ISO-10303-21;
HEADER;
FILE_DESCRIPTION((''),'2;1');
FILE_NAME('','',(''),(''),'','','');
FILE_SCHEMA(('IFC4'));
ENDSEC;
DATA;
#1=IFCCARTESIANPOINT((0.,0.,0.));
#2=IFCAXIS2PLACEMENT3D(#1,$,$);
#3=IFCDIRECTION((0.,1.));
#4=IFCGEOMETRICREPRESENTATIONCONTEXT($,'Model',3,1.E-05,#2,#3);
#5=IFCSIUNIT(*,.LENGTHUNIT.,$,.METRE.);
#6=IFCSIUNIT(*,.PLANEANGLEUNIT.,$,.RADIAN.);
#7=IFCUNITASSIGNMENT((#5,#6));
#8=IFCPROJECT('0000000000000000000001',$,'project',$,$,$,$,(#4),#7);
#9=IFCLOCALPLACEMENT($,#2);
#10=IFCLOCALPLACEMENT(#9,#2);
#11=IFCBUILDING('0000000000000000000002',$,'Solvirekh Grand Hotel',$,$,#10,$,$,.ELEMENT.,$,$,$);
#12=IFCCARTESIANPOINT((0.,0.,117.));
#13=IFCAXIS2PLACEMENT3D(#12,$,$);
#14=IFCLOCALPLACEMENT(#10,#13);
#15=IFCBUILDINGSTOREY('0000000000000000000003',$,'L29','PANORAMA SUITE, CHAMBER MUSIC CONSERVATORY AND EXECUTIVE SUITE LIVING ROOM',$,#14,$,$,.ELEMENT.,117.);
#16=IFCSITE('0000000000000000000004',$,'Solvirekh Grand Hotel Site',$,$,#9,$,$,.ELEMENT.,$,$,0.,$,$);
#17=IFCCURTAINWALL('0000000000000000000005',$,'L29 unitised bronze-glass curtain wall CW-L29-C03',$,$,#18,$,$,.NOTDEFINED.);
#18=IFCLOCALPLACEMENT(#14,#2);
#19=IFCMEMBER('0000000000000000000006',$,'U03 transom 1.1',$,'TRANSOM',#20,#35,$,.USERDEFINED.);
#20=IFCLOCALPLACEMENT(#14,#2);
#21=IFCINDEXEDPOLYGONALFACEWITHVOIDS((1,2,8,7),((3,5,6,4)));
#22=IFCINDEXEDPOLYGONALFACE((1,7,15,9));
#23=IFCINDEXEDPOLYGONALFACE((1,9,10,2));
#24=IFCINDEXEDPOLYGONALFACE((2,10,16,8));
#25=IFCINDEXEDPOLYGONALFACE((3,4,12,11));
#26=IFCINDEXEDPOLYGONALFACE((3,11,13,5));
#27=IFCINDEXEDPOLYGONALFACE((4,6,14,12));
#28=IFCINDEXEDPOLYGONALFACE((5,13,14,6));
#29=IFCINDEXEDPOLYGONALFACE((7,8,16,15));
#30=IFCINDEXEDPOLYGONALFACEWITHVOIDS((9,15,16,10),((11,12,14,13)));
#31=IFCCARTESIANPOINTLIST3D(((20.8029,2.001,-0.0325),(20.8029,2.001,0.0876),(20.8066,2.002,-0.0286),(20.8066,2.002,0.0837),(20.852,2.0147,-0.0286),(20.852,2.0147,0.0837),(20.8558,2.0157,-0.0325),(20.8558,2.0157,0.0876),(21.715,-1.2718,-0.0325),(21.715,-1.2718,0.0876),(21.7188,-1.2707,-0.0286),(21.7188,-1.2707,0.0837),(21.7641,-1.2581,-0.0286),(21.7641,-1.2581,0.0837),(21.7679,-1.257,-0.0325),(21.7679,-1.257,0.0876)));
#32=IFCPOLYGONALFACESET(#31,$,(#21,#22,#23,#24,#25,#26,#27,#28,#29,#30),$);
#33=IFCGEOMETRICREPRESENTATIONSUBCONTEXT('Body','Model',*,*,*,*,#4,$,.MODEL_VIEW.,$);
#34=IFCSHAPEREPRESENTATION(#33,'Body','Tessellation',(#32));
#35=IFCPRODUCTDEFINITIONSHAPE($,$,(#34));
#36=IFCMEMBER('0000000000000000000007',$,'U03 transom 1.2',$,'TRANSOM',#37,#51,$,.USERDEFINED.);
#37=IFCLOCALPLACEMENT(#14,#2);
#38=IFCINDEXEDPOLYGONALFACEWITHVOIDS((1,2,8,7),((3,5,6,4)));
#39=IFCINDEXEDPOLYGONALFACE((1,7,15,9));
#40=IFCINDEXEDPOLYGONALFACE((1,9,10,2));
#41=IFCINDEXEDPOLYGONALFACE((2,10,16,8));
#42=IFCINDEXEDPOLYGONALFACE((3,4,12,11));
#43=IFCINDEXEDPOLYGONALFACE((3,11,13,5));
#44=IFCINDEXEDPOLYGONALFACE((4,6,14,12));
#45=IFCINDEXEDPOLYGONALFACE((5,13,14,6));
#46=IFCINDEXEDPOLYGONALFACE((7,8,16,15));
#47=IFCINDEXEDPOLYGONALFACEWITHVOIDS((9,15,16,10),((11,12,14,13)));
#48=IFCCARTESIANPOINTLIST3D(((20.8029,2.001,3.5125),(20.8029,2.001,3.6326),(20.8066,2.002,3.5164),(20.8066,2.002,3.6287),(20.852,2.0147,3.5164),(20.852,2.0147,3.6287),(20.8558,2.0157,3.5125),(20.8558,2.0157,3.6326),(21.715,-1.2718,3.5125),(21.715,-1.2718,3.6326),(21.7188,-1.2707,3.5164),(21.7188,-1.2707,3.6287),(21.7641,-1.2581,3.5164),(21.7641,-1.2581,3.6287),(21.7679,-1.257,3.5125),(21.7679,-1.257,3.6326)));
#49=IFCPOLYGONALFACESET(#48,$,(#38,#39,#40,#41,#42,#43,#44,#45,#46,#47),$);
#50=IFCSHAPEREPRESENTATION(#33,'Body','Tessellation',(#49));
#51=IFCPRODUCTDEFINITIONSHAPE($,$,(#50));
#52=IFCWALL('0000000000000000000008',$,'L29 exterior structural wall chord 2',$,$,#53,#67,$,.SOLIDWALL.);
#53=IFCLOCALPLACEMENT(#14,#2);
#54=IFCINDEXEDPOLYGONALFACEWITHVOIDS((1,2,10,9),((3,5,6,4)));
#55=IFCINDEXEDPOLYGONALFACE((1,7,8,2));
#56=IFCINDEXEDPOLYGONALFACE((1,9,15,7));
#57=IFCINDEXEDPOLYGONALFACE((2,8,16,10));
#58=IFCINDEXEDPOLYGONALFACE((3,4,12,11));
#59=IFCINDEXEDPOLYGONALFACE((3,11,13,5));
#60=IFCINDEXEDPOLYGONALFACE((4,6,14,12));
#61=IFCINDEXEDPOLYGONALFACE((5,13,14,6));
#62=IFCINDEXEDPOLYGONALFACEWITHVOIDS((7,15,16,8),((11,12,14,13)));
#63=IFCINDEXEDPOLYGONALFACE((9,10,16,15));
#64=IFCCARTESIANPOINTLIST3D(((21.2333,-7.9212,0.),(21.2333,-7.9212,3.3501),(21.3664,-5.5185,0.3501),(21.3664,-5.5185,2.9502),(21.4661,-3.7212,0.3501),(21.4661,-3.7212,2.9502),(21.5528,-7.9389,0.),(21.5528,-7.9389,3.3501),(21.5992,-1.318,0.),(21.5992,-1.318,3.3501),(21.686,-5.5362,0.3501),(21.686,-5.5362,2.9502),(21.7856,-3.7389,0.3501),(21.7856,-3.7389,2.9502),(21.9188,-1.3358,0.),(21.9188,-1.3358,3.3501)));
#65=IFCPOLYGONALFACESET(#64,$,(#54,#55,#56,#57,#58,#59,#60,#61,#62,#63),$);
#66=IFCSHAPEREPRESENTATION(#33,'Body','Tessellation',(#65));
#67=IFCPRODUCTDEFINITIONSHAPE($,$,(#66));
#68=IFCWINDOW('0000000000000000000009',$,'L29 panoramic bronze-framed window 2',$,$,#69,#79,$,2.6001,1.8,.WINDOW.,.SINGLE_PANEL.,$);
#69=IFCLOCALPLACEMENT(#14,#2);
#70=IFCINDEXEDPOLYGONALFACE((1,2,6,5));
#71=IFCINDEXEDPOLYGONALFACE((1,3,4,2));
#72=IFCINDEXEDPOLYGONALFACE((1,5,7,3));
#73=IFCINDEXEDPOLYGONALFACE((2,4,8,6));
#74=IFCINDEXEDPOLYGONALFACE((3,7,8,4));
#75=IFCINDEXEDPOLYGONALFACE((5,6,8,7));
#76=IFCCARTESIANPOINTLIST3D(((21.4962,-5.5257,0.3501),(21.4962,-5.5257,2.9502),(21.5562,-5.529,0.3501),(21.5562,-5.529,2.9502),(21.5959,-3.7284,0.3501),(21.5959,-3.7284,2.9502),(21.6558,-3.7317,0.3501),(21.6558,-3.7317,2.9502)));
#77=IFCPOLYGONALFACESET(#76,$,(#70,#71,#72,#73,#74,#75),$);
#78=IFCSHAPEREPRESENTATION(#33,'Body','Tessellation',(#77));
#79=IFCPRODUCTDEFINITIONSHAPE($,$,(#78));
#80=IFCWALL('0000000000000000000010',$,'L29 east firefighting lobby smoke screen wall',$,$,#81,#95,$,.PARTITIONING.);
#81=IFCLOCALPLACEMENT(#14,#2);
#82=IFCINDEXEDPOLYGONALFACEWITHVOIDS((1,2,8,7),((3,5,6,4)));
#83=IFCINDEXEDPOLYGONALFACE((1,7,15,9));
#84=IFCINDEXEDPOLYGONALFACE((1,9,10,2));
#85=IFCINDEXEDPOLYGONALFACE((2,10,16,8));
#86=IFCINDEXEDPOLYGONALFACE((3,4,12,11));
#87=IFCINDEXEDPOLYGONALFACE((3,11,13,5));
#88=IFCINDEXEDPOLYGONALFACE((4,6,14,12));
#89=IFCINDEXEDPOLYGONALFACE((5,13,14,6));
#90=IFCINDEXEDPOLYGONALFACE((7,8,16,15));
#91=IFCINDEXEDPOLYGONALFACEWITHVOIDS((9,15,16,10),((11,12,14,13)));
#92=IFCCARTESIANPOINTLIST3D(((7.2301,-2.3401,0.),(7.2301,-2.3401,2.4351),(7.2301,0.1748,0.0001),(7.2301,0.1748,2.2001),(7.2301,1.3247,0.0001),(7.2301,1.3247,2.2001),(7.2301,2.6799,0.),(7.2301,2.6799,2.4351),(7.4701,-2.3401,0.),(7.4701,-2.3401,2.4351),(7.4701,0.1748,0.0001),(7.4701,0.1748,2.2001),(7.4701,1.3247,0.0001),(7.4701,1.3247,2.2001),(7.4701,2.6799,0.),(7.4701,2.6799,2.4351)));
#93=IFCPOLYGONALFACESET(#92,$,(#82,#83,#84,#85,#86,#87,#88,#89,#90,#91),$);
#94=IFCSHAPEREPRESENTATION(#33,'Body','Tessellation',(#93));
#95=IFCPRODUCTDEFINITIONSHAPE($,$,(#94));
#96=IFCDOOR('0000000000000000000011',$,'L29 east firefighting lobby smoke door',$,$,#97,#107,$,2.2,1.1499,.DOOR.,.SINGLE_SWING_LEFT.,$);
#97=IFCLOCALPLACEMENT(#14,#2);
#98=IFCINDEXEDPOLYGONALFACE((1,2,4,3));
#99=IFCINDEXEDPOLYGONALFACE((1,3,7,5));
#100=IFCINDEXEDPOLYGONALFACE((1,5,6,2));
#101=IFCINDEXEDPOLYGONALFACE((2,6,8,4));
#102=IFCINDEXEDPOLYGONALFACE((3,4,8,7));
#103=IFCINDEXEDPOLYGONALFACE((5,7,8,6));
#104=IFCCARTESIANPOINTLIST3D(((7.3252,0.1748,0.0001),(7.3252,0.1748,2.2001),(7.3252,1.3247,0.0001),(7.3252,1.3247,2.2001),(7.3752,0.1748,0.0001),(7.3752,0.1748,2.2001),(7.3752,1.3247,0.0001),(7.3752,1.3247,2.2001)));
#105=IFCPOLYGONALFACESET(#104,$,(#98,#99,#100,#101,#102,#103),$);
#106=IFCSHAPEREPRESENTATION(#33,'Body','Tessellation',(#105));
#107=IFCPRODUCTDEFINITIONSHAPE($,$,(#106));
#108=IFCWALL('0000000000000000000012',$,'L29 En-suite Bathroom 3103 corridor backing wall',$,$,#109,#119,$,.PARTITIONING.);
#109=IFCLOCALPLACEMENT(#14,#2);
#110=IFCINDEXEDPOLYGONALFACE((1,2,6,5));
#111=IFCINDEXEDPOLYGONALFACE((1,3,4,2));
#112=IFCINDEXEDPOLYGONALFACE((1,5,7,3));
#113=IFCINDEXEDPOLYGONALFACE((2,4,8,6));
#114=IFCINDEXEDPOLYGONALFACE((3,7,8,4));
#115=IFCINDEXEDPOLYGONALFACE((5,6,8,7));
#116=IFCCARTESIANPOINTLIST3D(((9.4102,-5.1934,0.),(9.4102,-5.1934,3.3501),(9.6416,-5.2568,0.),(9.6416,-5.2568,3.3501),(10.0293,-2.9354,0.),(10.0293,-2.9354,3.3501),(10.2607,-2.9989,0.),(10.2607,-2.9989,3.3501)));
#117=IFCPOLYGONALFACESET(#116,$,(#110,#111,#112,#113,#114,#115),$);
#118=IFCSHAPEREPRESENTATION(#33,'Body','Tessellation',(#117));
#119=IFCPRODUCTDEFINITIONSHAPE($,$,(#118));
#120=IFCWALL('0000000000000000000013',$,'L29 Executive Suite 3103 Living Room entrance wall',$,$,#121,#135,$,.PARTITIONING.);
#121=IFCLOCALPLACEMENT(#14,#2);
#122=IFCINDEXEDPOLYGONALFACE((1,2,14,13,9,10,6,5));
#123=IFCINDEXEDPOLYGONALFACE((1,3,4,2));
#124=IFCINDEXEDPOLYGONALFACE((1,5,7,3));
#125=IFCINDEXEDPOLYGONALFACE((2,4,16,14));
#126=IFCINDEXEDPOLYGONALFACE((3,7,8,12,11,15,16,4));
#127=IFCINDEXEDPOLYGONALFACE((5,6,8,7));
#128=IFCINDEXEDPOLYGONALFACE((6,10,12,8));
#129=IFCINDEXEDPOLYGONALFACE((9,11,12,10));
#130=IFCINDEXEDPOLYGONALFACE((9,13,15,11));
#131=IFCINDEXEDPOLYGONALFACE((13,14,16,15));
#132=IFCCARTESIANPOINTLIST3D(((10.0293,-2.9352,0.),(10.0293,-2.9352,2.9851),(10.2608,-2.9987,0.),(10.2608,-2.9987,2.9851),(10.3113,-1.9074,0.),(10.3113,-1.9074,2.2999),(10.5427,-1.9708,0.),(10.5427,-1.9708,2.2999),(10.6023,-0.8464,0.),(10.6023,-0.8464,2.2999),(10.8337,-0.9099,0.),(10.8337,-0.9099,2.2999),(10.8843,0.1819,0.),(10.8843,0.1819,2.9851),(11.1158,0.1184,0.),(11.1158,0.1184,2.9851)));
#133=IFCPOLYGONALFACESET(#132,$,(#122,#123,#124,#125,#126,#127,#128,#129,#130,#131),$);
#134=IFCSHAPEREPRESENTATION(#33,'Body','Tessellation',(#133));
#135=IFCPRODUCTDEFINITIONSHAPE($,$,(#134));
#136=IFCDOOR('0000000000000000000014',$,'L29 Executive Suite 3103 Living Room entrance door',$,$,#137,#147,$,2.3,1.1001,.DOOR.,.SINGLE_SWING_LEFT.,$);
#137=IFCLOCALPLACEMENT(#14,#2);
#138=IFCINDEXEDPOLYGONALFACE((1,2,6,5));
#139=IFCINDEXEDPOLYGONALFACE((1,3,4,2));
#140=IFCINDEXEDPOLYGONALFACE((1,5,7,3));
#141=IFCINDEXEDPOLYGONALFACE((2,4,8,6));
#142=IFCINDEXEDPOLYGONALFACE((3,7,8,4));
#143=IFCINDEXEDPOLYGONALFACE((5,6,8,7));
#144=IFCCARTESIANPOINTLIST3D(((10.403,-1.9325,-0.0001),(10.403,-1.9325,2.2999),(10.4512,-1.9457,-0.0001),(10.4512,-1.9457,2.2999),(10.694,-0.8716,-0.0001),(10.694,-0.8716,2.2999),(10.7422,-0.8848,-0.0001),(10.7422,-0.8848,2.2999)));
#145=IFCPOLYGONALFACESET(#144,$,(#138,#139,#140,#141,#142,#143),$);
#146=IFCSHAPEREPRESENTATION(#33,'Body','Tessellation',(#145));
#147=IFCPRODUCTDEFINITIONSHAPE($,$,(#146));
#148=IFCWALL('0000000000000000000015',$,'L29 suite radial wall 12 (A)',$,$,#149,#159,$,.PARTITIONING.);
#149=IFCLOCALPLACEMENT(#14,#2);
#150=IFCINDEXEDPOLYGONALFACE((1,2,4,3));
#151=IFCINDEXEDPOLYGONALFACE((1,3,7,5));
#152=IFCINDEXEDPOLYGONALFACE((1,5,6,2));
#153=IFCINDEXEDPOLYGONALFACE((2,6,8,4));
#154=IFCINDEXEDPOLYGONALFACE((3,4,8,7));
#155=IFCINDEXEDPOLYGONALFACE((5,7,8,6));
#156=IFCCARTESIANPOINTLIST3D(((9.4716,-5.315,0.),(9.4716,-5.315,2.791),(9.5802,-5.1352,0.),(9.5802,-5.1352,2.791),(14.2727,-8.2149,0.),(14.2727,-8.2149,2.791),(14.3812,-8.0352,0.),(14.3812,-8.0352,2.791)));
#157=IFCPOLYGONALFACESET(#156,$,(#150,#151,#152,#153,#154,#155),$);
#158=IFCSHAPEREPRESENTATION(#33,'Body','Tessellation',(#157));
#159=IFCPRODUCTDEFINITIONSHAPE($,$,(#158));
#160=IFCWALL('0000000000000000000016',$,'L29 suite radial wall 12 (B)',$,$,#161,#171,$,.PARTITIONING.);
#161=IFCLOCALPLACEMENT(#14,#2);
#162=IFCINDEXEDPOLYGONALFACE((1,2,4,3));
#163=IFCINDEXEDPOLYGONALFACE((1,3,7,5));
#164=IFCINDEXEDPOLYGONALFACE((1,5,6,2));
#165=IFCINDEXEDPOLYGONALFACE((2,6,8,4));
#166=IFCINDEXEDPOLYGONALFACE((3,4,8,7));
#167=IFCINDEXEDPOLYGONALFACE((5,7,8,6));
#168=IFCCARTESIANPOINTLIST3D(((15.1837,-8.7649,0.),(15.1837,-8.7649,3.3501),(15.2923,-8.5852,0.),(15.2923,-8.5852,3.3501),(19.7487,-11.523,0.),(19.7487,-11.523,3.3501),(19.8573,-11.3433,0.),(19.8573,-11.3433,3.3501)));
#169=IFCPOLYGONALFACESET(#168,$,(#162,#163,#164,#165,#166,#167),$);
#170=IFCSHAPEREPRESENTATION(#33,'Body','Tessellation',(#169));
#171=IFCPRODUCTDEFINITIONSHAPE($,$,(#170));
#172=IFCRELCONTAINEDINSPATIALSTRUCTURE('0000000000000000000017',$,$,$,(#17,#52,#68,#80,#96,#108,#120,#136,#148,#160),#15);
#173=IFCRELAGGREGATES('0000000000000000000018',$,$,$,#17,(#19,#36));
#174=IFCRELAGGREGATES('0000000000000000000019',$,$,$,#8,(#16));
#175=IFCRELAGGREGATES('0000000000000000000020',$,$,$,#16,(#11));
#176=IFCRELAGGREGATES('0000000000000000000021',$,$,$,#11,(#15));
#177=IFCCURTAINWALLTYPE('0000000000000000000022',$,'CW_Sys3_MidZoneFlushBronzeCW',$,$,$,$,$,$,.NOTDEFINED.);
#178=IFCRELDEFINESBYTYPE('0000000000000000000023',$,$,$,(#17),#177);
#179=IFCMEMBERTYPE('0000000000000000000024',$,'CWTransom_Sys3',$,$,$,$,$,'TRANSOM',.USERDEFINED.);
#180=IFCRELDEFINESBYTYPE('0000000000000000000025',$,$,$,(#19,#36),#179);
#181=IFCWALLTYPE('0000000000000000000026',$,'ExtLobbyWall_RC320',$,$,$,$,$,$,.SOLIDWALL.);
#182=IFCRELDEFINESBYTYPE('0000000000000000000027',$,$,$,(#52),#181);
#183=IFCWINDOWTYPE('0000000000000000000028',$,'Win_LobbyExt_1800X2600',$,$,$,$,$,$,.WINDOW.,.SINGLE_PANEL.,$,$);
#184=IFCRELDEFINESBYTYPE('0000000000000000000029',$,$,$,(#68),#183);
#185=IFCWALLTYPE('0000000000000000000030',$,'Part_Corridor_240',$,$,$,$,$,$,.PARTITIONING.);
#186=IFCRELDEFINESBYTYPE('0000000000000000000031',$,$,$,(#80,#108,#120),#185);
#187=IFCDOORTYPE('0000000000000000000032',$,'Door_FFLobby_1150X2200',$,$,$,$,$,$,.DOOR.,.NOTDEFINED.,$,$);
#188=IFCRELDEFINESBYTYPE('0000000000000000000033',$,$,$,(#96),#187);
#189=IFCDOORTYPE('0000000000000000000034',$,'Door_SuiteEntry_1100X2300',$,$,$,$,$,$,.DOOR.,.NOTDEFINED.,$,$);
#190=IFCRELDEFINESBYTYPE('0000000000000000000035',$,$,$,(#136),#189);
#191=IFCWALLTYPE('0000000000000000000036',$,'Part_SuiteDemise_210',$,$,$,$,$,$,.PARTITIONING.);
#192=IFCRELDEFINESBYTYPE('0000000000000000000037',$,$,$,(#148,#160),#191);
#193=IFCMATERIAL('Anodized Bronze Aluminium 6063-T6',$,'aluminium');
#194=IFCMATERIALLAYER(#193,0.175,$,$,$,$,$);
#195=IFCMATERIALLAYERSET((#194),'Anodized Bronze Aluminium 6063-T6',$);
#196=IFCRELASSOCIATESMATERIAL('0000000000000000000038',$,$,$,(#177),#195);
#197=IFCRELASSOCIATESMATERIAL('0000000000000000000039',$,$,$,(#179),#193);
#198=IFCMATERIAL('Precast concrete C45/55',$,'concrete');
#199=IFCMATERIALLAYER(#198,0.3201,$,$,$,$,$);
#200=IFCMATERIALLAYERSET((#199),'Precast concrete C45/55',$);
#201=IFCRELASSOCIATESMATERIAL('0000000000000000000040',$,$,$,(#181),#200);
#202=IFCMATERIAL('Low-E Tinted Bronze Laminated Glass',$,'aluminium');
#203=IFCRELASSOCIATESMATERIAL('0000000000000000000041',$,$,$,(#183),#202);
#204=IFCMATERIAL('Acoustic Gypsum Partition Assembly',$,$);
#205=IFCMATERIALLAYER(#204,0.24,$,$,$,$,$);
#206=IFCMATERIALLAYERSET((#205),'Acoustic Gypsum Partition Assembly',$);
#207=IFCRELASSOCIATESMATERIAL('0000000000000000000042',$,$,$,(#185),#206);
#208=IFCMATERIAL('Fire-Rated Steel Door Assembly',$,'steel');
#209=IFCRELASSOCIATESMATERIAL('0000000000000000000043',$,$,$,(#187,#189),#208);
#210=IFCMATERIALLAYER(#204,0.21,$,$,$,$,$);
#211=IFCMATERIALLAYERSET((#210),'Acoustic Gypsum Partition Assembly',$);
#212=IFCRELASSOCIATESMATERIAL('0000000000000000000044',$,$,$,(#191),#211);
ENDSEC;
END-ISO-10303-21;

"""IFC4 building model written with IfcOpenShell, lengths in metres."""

from ifc_helpers import new_model, si_unit, direction, frame, frame_2d, origin, origin_2d, place, context, subcontext, project, spatial, rectangle, hollow_rectangle, extrude, source, transform, mapped, material, layer, layer_set, material_profile, profile_set, type_object, element, fill, aggregate, save


model = new_model("IFC4")

# Units and contexts
model_context = context("Model", 3, precision=1e-05, world=origin(), true_north=direction((0.0, 1.0)))
body_context = subcontext(model_context, "Body", "Model", "MODEL_VIEW")
ifc_project = project(units=[si_unit("LENGTHUNIT", "METRE"), si_unit("PLANEANGLEUNIT", "RADIAN")], contexts=[model_context])

# Site, building, storey
site_placement = place(None, origin())
site = spatial("IfcSite", under=ifc_project, at=site_placement, Name="Solvirekh Grand Hotel Site", CompositionType="ELEMENT", RefElevation=0.0)
building_placement = place(site_placement, origin())
building = spatial("IfcBuilding", under=site, at=building_placement, Name="Solvirekh Grand Hotel", CompositionType="ELEMENT")
storey_placement = place(building_placement, frame((0.0, 0.0, 117.0)))
storey = spatial("IfcBuildingStorey", under=building, at=storey_placement, Name="L29", Description="PANORAMA SUITE, CHAMBER MUSIC CONSERVATORY AND EXECUTIVE SUITE LIVING ROOM", CompositionType="ELEMENT", Elevation=117.0)

# Shared definitions
ifc_material_1 = material(Name="Anodized Bronze Aluminium 6063-T6", Category="aluminium")
ifc_layer_1 = layer(ifc_material_1, 0.175)
ifc_layer_set_1 = layer_set([ifc_layer_1], Name="Anodized Bronze Aluminium 6063-T6")
curtain_wall_type = type_object("IfcCurtainWallType", Name="CW_Sys3_MidZoneFlushBronzeCW", PredefinedType="NOTDEFINED", material=ifc_layer_set_1)

# Curtain wall, members
curtain_wall_1_placement = place(storey_placement, origin())
curtain_wall_1 = element("IfcCurtainWall", 1, at=curtain_wall_1_placement, inside=storey, type_object=curtain_wall_type, Name="L29 unitised bronze-glass curtain wall CW-L29-C03", PredefinedType="NOTDEFINED")
ifc_material_profile_1 = material_profile(ifc_material_1, hollow_rectangle(XDim=0.0549, YDim=0.1201, WallThickness=0.0039, at=origin_2d()), Name="ALU RHS 120X55X4")
ifc_profile_set_1 = profile_set([ifc_material_profile_1], Name="Anodized Bronze Aluminium 6063-T6")
member_type_1 = type_object("IfcMemberType", Name="CWTransom_Sys3", ElementType="TRANSOM", PredefinedType="USERDEFINED", material=ifc_profile_set_1)
shared_shape_1 = source(origin(), body_context, "Body", "SweptSolid", [
    extrude(hollow_rectangle(XDim=0.0549, YDim=0.1201, WallThickness=0.0039, at=origin_2d()), origin(), (0.0, 0.0, 1.0), 3.3975),
])
member_1_placement = place(storey_placement, frame((21.7415, -1.2644, 0.0276), z_axis=(-0.26847, 0.963288, 0.0), x_axis=(-0.963288, -0.26847, 0.0)))
member_1 = element("IfcMember", 2, at=member_1_placement, type_object=member_type_1, Name="U03 transom 1.1", ObjectType="TRANSOM", PredefinedType="USERDEFINED", context=body_context, shape_type="MappedRepresentation", body=[
    mapped(shared_shape_1, transform((0.0, 0.0, 0.0), x_axis=(1.0, 0.0, 0.0), y_axis=(0.0, 1.0, 0.0), z_axis=(0.0, 0.0, 1.0), scale=1.0)),
])
member_2_placement = place(storey_placement, frame((21.7415, -1.2644, 3.5725), z_axis=(-0.26847, 0.963288, 0.0), x_axis=(-0.963288, -0.26847, 0.0)))
member_2 = element("IfcMember", 3, at=member_2_placement, type_object=member_type_1, Name="U03 transom 1.2", ObjectType="TRANSOM", PredefinedType="USERDEFINED", context=body_context, shape_type="MappedRepresentation", body=[
    mapped(shared_shape_1, transform((0.0, 0.0, 0.0), x_axis=(1.0, 0.0, 0.0), y_axis=(0.0, 1.0, 0.0), z_axis=(0.0, 0.0, 1.0), scale=1.0)),
])
aggregate(curtain_wall_1, [member_1, member_2])

# Wall, opening, window
ifc_material_2 = material(Name="Precast concrete C45/55", Category="concrete")
ifc_layer_2 = layer(ifc_material_2, 0.3201)
ifc_layer_set_2 = layer_set([ifc_layer_2], Name="Precast concrete C45/55")
wall_type_1 = type_object("IfcWallType", Name="ExtLobbyWall_RC320", PredefinedType="SOLIDWALL", material=ifc_layer_set_2)
wall_1_placement = place(storey_placement, frame((21.759, -1.3269, 0.0), z_axis=(0.0, 0.0, 1.0), x_axis=(-0.055339, -0.998468, 0.0)))
wall_1 = element("IfcWall", 4, at=wall_1_placement, inside=storey, type_object=wall_type_1, Name="L29 exterior structural wall chord 2", PredefinedType="SOLIDWALL", context=body_context, shape_type="SweptSolid", body=[
    extrude(rectangle(XDim=6.6133, YDim=0.3201, at=frame_2d((3.3066, 0.0))), origin(), (0.0, 0.0, 1.0), 3.3501),
])
opening_1_placement = place(wall_1_placement, frame((2.407, 0.0, 0.3501)))
opening_1 = element("IfcOpeningElement", 5, at=opening_1_placement, cuts=wall_1, PredefinedType="OPENING", context=body_context, shape_type="SweptSolid", body=[
    extrude(rectangle(XDim=1.8, YDim=2.6001, at=frame_2d((0.8999, 1.3))), frame((0.0, 0.1699, 0.0), z_axis=(0.0, -1.0, 0.0), x_axis=(1.0, 0.0, 0.0)), (0.0, 0.0, 1.0), 0.3401),
])
ifc_material_3 = material(Name="Low-E Tinted Bronze Laminated Glass", Category="aluminium")
window_type = type_object("IfcWindowType", Name="Win_LobbyExt_1800X2600", PartitioningType="SINGLE_PANEL", PredefinedType="WINDOW", material=ifc_material_3)
window_placement = place(opening_1_placement, origin())
window = element("IfcWindow", 6, at=window_placement, inside=storey, type_object=window_type, Name="L29 panoramic bronze-framed window 2", OverallHeight=2.6001, OverallWidth=1.8, PartitioningType="SINGLE_PANEL", PredefinedType="WINDOW", context=body_context, shape_type="SweptSolid", body=[
    extrude(rectangle(XDim=1.8, YDim=2.6001, at=frame_2d((0.8999, 1.3))), frame((0.0, 0.03, 0.0), z_axis=(0.0, -1.0, 0.0), x_axis=(1.0, 0.0, 0.0)), (0.0, 0.0, 1.0), 0.0601),
])
fill(opening_1, window)

# Wall, opening, door
ifc_material_4 = material(Name="Acoustic Gypsum Partition Assembly")
ifc_layer_3 = layer(ifc_material_4, 0.24)
ifc_layer_set_3 = layer_set([ifc_layer_3], Name="Acoustic Gypsum Partition Assembly")
wall_type_2 = type_object("IfcWallType", Name="Part_Corridor_240", PredefinedType="PARTITIONING", material=ifc_layer_set_3)
wall_2_placement = place(storey_placement, frame((7.3501, -2.3401, 0.0), z_axis=(0.0, 0.0, 1.0), x_axis=(0.0, 1.0, 0.0)))
wall_2 = element("IfcWall", 7, at=wall_2_placement, inside=storey, type_object=wall_type_2, Name="L29 east firefighting lobby smoke screen wall", PredefinedType="PARTITIONING", context=body_context, shape_type="SweptSolid", body=[
    extrude(rectangle(XDim=5.02, YDim=0.24, at=frame_2d((2.51, 0.0))), origin(), (0.0, 0.0, 1.0), 2.4351),
])
opening_2_placement = place(wall_2_placement, frame((2.5149, 0.0, 0.0)))
opening_2 = element("IfcOpeningElement", 8, at=opening_2_placement, cuts=wall_2, PredefinedType="OPENING", context=body_context, shape_type="SweptSolid", body=[
    extrude(rectangle(XDim=1.1499, YDim=2.2, at=frame_2d((0.575, 1.1001))), frame((0.0, 0.1299, 0.0), z_axis=(0.0, -1.0, 0.0), x_axis=(1.0, 0.0, 0.0)), (0.0, 0.0, 1.0), 0.26),
])
ifc_material_5 = material(Name="Fire-Rated Steel Door Assembly", Category="steel")
door_type_1 = type_object("IfcDoorType", Name="Door_FFLobby_1150X2200", OperationType="NOTDEFINED", PredefinedType="DOOR", material=ifc_material_5)
door_1_placement = place(opening_2_placement, origin())
door_1 = element("IfcDoor", 9, at=door_1_placement, inside=storey, type_object=door_type_1, Name="L29 east firefighting lobby smoke door", OperationType="SINGLE_SWING_LEFT", OverallHeight=2.2, OverallWidth=1.1499, PredefinedType="DOOR", context=body_context, shape_type="SweptSolid", body=[
    extrude(rectangle(XDim=1.1499, YDim=2.2, at=frame_2d((0.575, 1.1001))), frame((0.0, 0.0249, 0.0), z_axis=(0.0, -1.0, 0.0), x_axis=(1.0, 0.0, 0.0)), (0.0, 0.0, 1.0), 0.05),
])
fill(opening_2, door_1)

# Wall
wall_3_placement = place(storey_placement, frame((9.5259, -5.2251, 0.0), z_axis=(0.0, 0.0, 1.0), x_axis=(0.264432, 0.964404, 0.0)))
element("IfcWall", 10, at=wall_3_placement, inside=storey, type_object=wall_type_2, Name="L29 En-suite Bathroom 3103 corridor backing wall", PredefinedType="PARTITIONING", context=body_context, shape_type="SweptSolid", body=[
    extrude(rectangle(XDim=2.3413, YDim=0.24, at=frame_2d((1.1707, 0.0))), origin(), (0.0, 0.0, 1.0), 3.3501),
])

# Wall, opening, door
wall_4_placement = place(storey_placement, frame((10.145, -2.967, 0.0), z_axis=(0.0, 0.0, 1.0), x_axis=(0.26453, 0.964378, 0.0)))
wall_4 = element("IfcWall", 11, at=wall_4_placement, inside=storey, type_object=wall_type_2, Name="L29 Executive Suite 3103 Living Room entrance wall", PredefinedType="PARTITIONING", context=body_context, shape_type="SweptSolid", body=[
    extrude(rectangle(XDim=3.2322, YDim=0.24, at=frame_2d((1.6162, 0.0))), origin(), (0.0, 0.0, 1.0), 2.9851),
])
opening_3_placement = place(wall_4_placement, frame((1.0659, 0.0, 0.0)))
opening_3 = element("IfcOpeningElement", 12, at=opening_3_placement, cuts=wall_4, PredefinedType="OPENING", context=body_context, shape_type="SweptSolid", body=[
    extrude(rectangle(XDim=1.1001, YDim=2.3, at=frame_2d((0.55, 1.1499))), frame((0.0, 0.1299, 0.0), z_axis=(0.0, -1.0, 0.0), x_axis=(1.0, 0.0, 0.0)), (0.0, 0.0, 1.0), 0.26),
])
door_type_2 = type_object("IfcDoorType", Name="Door_SuiteEntry_1100X2300", OperationType="NOTDEFINED", PredefinedType="DOOR", material=ifc_material_5)
door_2_placement = place(opening_3_placement, origin())
door_2 = element("IfcDoor", 13, at=door_2_placement, inside=storey, type_object=door_type_2, Name="L29 Executive Suite 3103 Living Room entrance door", OperationType="SINGLE_SWING_LEFT", OverallHeight=2.3, OverallWidth=1.1001, PredefinedType="DOOR", context=body_context, shape_type="SweptSolid", body=[
    extrude(rectangle(XDim=1.1001, YDim=2.3, at=frame_2d((0.55, 1.1499))), frame((0.0, 0.0249, 0.0), z_axis=(0.0, -1.0, 0.0), x_axis=(1.0, 0.0, 0.0)), (0.0, 0.0, 1.0), 0.05),
])
fill(opening_3, door_2)

# Walls
ifc_layer_4 = layer(ifc_material_4, 0.21)
ifc_layer_set_4 = layer_set([ifc_layer_4], Name="Acoustic Gypsum Partition Assembly")
wall_type_3 = type_object("IfcWallType", Name="Part_SuiteDemise_210", PredefinedType="PARTITIONING", material=ifc_layer_set_4)
wall_5_placement = place(storey_placement, frame((9.5259, -5.2251, 0.0), z_axis=(0.0, 0.0, 1.0), x_axis=(0.855972, -0.517022, 0.0)))
element("IfcWall", 14, at=wall_5_placement, inside=storey, type_object=wall_type_3, Name="L29 suite radial wall 12 (A)", PredefinedType="PARTITIONING", context=body_context, shape_type="SweptSolid", body=[
    extrude(rectangle(XDim=5.6089, YDim=0.21, at=frame_2d((2.8044, 0.0))), origin(), (0.0, 0.0, 1.0), 2.791),
])
wall_6_placement = place(storey_placement, frame((15.238, -8.675, 0.0), z_axis=(0.0, 0.0, 1.0), x_axis=(0.85591, -0.517125, 0.0)))
element("IfcWall", 15, at=wall_6_placement, inside=storey, type_object=wall_type_3, Name="L29 suite radial wall 12 (B)", PredefinedType="PARTITIONING", context=body_context, shape_type="SweptSolid", body=[
    extrude(rectangle(XDim=5.3335, YDim=0.21, at=frame_2d((2.6667, 0.0))), origin(), (0.0, 0.0, 1.0), 3.3501),
])

save(model, "model.ifc")
